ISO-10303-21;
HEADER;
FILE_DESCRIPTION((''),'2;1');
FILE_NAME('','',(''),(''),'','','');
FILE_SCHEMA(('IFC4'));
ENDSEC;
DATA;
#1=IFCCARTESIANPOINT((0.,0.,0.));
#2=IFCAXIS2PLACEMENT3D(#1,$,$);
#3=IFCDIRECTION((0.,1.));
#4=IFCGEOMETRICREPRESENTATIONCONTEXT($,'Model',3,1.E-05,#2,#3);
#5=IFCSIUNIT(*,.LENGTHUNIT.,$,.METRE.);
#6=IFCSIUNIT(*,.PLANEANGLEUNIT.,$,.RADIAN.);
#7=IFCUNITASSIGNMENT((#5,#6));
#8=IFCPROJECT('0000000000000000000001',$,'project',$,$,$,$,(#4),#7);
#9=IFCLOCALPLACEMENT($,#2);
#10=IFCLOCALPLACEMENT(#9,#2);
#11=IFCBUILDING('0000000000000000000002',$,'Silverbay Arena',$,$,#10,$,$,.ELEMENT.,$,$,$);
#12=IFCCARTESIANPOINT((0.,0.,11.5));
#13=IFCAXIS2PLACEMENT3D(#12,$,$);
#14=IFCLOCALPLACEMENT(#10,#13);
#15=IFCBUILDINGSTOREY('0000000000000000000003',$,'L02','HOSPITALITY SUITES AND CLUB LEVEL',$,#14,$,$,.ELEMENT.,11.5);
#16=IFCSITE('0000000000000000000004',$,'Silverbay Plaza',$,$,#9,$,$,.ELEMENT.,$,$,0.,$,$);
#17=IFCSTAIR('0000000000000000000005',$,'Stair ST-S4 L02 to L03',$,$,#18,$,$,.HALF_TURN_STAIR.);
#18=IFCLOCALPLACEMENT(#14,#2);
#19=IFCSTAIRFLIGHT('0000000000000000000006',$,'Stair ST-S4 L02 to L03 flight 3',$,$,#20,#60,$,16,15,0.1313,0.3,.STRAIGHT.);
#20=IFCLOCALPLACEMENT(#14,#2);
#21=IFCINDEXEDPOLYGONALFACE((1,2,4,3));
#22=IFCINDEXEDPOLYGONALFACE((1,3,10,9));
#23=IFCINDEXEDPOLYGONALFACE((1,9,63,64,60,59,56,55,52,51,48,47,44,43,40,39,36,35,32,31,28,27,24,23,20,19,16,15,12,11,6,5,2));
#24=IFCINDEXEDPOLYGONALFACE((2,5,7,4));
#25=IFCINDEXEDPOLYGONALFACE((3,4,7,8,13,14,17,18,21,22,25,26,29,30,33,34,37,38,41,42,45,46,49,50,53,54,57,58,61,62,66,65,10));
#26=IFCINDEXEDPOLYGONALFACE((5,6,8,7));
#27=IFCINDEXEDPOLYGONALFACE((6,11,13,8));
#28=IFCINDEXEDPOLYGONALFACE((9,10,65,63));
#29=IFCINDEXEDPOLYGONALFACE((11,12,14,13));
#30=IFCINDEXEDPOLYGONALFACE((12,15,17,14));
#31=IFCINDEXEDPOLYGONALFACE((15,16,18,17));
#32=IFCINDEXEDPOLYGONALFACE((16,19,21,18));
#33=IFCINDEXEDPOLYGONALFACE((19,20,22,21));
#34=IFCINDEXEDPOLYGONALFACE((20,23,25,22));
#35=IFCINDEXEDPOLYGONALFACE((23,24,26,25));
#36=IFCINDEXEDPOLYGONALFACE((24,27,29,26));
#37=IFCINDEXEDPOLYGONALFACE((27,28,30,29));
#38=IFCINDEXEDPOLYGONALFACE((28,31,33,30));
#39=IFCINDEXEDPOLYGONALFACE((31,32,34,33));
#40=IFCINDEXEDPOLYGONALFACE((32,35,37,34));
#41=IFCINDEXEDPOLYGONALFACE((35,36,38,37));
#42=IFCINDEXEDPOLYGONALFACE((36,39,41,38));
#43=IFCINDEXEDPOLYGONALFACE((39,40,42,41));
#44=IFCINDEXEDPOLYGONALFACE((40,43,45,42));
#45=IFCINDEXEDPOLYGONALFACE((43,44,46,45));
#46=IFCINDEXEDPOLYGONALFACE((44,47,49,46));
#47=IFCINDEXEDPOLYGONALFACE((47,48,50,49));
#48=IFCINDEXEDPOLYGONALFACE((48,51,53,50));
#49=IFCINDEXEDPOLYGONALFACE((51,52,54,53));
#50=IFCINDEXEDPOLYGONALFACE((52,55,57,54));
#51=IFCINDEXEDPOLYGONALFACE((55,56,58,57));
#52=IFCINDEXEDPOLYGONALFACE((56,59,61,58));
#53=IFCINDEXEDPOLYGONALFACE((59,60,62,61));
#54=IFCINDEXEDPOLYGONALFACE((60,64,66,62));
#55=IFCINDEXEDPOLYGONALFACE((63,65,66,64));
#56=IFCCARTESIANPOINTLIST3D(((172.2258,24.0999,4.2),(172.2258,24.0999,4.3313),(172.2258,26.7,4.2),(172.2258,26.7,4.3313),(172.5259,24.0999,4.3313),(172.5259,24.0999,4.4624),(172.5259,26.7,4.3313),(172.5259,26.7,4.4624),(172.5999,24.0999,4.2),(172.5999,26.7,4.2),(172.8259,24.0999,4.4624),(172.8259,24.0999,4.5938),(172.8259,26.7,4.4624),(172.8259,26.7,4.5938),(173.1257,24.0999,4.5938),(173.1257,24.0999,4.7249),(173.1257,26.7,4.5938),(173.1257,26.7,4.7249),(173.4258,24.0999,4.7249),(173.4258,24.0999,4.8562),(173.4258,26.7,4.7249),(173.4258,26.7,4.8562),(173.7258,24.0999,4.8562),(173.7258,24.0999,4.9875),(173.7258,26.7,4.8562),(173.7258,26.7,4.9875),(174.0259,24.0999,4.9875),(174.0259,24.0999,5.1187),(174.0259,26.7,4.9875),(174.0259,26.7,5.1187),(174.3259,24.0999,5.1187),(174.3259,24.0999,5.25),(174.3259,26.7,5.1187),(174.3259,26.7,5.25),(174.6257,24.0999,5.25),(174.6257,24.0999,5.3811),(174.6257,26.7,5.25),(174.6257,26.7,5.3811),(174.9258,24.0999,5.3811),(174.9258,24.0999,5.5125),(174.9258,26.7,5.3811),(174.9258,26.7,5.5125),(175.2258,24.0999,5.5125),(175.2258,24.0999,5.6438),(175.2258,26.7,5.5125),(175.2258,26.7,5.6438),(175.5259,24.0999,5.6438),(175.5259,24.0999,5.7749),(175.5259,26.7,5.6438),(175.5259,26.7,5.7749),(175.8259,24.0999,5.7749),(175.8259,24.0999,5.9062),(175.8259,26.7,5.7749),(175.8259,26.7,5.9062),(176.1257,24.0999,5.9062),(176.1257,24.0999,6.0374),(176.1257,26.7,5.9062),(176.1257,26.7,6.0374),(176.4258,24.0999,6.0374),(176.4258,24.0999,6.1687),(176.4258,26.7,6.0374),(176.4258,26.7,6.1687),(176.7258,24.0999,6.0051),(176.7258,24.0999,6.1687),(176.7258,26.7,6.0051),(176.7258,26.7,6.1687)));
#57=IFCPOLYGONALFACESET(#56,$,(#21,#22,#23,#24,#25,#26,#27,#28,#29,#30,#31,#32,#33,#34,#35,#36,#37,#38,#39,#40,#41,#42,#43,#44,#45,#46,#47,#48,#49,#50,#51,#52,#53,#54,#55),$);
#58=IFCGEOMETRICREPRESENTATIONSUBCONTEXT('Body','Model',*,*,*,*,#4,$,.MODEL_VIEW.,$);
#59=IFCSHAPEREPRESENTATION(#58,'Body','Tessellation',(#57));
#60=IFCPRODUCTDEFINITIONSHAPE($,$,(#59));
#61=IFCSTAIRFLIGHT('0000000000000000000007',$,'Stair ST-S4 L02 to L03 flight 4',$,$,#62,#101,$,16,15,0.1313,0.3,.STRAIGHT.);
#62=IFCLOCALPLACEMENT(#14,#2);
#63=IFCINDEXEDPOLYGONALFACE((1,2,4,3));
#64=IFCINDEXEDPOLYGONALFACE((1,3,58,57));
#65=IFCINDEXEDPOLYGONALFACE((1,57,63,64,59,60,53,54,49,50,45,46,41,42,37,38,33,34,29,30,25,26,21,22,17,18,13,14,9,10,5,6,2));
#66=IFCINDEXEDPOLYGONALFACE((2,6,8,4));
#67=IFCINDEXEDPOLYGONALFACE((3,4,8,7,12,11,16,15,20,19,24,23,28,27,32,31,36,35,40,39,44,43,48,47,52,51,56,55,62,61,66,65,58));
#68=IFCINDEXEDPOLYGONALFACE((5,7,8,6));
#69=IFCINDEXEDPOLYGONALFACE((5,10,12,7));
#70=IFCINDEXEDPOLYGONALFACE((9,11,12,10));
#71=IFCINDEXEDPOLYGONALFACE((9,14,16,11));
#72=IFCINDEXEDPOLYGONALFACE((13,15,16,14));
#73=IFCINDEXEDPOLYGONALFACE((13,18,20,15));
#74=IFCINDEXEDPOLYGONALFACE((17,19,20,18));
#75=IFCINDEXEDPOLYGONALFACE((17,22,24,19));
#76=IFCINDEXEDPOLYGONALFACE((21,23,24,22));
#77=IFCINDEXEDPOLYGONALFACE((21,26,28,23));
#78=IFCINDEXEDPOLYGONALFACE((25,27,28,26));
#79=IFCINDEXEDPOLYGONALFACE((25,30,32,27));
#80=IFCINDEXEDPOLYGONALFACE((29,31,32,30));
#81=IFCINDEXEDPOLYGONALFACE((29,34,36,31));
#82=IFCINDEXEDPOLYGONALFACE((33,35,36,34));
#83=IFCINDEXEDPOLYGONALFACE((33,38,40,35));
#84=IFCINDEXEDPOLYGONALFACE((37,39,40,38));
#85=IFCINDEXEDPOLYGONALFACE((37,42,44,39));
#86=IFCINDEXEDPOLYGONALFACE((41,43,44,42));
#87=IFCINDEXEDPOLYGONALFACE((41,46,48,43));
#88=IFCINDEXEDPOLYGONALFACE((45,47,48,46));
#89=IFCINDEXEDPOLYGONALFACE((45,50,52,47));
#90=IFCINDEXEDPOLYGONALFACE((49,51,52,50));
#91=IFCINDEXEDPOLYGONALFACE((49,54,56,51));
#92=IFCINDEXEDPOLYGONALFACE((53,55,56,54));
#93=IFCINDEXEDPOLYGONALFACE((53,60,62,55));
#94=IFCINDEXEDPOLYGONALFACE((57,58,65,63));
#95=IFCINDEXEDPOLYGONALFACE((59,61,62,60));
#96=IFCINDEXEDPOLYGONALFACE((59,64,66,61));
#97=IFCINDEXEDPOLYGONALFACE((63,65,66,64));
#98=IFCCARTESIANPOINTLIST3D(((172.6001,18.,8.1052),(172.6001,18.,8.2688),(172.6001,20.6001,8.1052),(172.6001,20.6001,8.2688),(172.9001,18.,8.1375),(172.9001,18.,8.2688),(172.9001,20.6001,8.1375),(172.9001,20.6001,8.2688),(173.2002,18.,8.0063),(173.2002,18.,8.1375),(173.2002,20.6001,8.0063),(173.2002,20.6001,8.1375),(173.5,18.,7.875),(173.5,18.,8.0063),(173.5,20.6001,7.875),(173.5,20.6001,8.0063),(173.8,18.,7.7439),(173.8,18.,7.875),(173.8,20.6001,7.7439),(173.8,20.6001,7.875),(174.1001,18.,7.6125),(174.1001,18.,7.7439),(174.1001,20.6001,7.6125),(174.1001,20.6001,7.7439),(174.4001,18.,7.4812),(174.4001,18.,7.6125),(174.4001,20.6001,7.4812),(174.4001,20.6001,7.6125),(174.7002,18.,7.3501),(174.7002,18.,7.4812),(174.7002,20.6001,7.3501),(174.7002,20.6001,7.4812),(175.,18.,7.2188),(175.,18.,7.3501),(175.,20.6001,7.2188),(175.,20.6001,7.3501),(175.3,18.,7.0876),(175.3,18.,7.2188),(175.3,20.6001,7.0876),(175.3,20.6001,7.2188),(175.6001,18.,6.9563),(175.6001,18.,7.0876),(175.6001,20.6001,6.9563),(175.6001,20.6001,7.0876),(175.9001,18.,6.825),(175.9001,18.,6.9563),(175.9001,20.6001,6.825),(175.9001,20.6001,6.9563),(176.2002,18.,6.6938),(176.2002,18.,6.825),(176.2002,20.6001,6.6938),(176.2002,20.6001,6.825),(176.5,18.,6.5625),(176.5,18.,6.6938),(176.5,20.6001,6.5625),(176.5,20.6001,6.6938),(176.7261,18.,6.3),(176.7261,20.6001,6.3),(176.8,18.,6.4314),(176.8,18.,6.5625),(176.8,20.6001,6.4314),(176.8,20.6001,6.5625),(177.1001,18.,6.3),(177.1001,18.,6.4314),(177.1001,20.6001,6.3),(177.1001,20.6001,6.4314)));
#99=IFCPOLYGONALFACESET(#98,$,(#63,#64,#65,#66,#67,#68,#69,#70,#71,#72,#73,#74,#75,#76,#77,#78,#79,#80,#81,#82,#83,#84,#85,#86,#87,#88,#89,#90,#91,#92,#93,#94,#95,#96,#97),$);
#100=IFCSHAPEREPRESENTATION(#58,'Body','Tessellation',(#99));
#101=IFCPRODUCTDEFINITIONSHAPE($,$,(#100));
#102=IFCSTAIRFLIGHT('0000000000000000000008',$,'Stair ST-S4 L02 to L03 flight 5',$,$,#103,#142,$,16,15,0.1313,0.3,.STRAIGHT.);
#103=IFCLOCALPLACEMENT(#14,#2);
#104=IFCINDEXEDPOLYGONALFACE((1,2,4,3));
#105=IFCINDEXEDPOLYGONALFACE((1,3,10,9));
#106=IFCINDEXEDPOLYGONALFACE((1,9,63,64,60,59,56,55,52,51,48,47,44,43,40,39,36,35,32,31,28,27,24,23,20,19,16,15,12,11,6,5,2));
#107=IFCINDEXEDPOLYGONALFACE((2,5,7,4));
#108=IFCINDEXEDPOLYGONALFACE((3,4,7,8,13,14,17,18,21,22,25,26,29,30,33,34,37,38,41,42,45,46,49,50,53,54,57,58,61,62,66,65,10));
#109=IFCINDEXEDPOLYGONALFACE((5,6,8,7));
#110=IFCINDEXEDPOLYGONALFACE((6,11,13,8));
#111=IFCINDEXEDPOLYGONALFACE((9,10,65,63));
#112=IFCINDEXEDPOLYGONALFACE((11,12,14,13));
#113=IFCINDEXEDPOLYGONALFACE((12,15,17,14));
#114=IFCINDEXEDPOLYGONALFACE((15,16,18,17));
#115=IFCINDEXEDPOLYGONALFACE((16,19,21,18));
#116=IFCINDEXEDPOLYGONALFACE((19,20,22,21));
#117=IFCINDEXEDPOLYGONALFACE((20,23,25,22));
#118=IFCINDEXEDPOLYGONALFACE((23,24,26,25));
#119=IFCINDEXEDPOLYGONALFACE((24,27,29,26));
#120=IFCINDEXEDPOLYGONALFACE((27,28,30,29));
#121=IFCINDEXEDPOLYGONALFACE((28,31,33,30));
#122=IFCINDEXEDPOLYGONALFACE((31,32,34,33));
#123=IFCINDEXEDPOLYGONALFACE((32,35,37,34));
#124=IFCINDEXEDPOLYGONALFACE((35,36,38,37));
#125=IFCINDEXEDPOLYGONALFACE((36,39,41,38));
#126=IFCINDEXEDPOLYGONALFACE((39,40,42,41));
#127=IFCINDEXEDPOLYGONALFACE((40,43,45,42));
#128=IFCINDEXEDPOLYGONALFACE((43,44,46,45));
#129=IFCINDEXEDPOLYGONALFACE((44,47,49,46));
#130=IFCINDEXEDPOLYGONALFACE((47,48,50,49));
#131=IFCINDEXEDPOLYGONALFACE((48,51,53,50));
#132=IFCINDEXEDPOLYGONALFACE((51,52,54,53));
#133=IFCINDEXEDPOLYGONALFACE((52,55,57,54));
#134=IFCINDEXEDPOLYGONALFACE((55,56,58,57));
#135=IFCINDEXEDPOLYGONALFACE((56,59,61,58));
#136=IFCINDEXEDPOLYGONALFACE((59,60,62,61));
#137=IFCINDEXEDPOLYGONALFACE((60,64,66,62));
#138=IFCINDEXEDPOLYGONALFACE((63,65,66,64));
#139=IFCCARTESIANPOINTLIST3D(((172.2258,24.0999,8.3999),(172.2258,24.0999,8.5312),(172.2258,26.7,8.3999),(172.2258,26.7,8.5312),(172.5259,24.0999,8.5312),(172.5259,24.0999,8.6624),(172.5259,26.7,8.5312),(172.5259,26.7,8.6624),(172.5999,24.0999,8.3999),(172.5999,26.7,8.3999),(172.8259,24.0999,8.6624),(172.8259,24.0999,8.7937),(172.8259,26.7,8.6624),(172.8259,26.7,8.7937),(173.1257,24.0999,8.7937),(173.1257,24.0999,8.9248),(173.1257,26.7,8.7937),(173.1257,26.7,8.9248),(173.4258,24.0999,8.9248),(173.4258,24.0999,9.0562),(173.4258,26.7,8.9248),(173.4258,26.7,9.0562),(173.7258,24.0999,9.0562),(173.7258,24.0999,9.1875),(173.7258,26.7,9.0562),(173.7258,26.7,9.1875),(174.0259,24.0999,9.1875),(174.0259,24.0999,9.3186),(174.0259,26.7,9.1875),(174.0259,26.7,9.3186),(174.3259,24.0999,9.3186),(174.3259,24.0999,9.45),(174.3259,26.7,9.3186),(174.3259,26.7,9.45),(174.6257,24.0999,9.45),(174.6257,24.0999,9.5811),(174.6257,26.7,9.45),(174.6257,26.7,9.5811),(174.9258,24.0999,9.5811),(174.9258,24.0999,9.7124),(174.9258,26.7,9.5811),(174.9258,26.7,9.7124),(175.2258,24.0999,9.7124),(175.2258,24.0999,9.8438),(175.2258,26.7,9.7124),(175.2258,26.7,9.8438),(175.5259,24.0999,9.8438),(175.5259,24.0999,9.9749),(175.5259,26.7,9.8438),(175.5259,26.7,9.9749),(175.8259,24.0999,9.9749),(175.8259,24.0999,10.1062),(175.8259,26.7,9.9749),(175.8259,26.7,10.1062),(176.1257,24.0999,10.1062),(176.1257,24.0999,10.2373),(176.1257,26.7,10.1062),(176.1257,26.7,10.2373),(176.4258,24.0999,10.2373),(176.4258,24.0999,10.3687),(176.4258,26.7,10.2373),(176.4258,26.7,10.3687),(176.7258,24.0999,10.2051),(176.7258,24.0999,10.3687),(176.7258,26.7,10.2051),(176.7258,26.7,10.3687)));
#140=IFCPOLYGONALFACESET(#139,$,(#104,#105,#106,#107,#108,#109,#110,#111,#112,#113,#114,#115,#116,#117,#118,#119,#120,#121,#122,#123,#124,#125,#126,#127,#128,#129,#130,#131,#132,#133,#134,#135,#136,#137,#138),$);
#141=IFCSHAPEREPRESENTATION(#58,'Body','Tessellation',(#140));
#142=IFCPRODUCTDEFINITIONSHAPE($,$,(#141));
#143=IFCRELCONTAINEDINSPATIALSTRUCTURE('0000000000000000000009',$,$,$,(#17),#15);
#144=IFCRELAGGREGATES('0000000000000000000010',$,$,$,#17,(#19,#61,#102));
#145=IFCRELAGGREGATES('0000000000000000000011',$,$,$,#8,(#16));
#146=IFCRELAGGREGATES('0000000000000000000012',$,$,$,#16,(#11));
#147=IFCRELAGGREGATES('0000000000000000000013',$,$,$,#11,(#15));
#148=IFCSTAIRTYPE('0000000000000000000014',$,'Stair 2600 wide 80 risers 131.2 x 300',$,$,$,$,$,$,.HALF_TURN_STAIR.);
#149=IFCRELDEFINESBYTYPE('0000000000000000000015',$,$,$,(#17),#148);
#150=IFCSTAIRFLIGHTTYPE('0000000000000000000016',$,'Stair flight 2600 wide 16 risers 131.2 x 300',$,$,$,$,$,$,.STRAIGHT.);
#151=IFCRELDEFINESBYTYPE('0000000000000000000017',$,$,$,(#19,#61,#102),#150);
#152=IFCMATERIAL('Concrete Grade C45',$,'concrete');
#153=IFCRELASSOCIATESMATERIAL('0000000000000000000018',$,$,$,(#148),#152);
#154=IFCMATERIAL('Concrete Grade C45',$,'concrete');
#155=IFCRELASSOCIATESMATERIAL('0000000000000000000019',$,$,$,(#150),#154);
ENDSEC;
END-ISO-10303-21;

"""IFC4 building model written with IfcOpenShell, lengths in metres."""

from ifc_helpers import new_model, si_unit, direction, frame, origin, place, context, subcontext, project, spatial, polyline, outline, extrude, material, type_object, element, aggregate, save


model = new_model("IFC4")

# Units and contexts
model_context = context("Model", 3, precision=1e-05, world=origin(), true_north=direction((0.0, 1.0)))
body_context = subcontext(model_context, "Body", "Model", "MODEL_VIEW")
ifc_project = project(units=[si_unit("LENGTHUNIT", "METRE"), si_unit("PLANEANGLEUNIT", "RADIAN")], contexts=[model_context])

# Site, building, storey
site_placement = place(None, origin())
site = spatial("IfcSite", under=ifc_project, at=site_placement, Name="Silverbay Plaza", CompositionType="ELEMENT", RefElevation=0.0)
building_placement = place(site_placement, origin())
building = spatial("IfcBuilding", under=site, at=building_placement, Name="Silverbay Arena", CompositionType="ELEMENT")
storey_placement = place(building_placement, frame((0.0, 0.0, 11.5)))
storey = spatial("IfcBuildingStorey", under=building, at=storey_placement, Name="L02", Description="HOSPITALITY SUITES AND CLUB LEVEL", CompositionType="ELEMENT", Elevation=11.5)

# Stair, stair flights
ifc_material_1 = material(Name="Concrete Grade C45", Category="concrete")
stair_type = type_object("IfcStairType", Name="Stair 2600 wide 80 risers 131.2 x 300", PredefinedType="HALF_TURN_STAIR", material=ifc_material_1)
stair_placement = place(storey_placement, origin())
stair = element("IfcStair", 1, at=stair_placement, inside=storey, type_object=stair_type, Name="Stair ST-S4 L02 to L03", PredefinedType="HALF_TURN_STAIR")
ifc_material_2 = material(Name="Concrete Grade C45", Category="concrete")
stair_flight_type = type_object("IfcStairFlightType", Name="Stair flight 2600 wide 16 risers 131.2 x 300", PredefinedType="STRAIGHT", material=ifc_material_2)
stair_flight_1_placement = place(storey_placement, frame((172.2258, 25.3999, 4.2), z_axis=(0.0, 0.0, 1.0), x_axis=(1.0, 0.0, 0.0)))
stair_flight_1 = element("IfcStairFlight", 2, at=stair_flight_1_placement, type_object=stair_flight_type, Name="Stair ST-S4 L02 to L03 flight 3", NumberOfRisers=16, NumberOfTreads=15, PredefinedType="STRAIGHT", RiserHeight=0.1313, TreadLength=0.3, context=body_context, shape_type="SweptSolid", body=[
    extrude(outline(polyline([(0.0, 0.0), (0.0, 0.1313), (0.3, 0.1313), (0.3, 0.2625), (0.6001, 0.2625), (0.6001, 0.3938), (0.8999, 0.3938), (0.8999, 0.5249), (1.2, 0.5249), (1.2, 0.6562), (1.5, 0.6562), (1.5, 0.7876), (1.8, 0.7876), (1.8, 0.9187), (2.1001, 0.9187), (2.1001, 1.05), (2.3999, 1.05), (2.3999, 1.1812), (2.7, 1.1812), (2.7, 1.3125), (3.0, 1.3125), (3.0, 1.4438), (3.3, 1.4438), (3.3, 1.575), (3.6001, 1.575), (3.6001, 1.7063), (3.8999, 1.7063), (3.8999, 1.8374), (4.2, 1.8374), (4.2, 1.9688), (4.5, 1.9688), (4.5, 1.8052), (0.374, 0.0), (0.0, 0.0)])), frame((0.0, 1.3, 0.0), z_axis=(0.0, -1.0, 0.0), x_axis=(1.0, 0.0, 0.0)), (0.0, 0.0, 1.0), 2.6001),
])
stair_flight_2_placement = place(storey_placement, frame((177.1001, 19.3, 6.3), z_axis=(0.0, 0.0, 1.0), x_axis=(-1.0, 0.0, 0.0)))
stair_flight_2 = element("IfcStairFlight", 3, at=stair_flight_2_placement, type_object=stair_flight_type, Name="Stair ST-S4 L02 to L03 flight 4", NumberOfRisers=16, NumberOfTreads=15, PredefinedType="STRAIGHT", RiserHeight=0.1313, TreadLength=0.3, context=body_context, shape_type="SweptSolid", body=[
    extrude(outline(polyline([(0.0, 0.0), (0.0, 0.1313), (0.3, 0.1313), (0.3, 0.2625), (0.6001, 0.2625), (0.6001, 0.3938), (0.8999, 0.3938), (0.8999, 0.5249), (1.2, 0.5249), (1.2, 0.6562), (1.5, 0.6562), (1.5, 0.7876), (1.8, 0.7876), (1.8, 0.9187), (2.1001, 0.9187), (2.1001, 1.05), (2.3999, 1.05), (2.3999, 1.1812), (2.7, 1.1812), (2.7, 1.3125), (3.0, 1.3125), (3.0, 1.4438), (3.3, 1.4438), (3.3, 1.575), (3.6001, 1.575), (3.6001, 1.7063), (3.8999, 1.7063), (3.8999, 1.8374), (4.2, 1.8374), (4.2, 1.9688), (4.5, 1.9688), (4.5, 1.8052), (0.374, 0.0), (0.0, 0.0)])), frame((0.0, 1.3, 0.0), z_axis=(0.0, -1.0, 0.0), x_axis=(1.0, 0.0, 0.0)), (0.0, 0.0, 1.0), 2.6001),
])
stair_flight_3_placement = place(storey_placement, frame((172.2258, 25.3999, 8.3999), z_axis=(0.0, 0.0, 1.0), x_axis=(1.0, 0.0, 0.0)))
stair_flight_3 = element("IfcStairFlight", 4, at=stair_flight_3_placement, type_object=stair_flight_type, Name="Stair ST-S4 L02 to L03 flight 5", NumberOfRisers=16, NumberOfTreads=15, PredefinedType="STRAIGHT", RiserHeight=0.1313, TreadLength=0.3, context=body_context, shape_type="SweptSolid", body=[
    extrude(outline(polyline([(0.0, 0.0), (0.0, 0.1313), (0.3, 0.1313), (0.3, 0.2625), (0.6001, 0.2625), (0.6001, 0.3938), (0.8999, 0.3938), (0.8999, 0.5249), (1.2, 0.5249), (1.2, 0.6562), (1.5, 0.6562), (1.5, 0.7876), (1.8, 0.7876), (1.8, 0.9187), (2.1001, 0.9187), (2.1001, 1.05), (2.3999, 1.05), (2.3999, 1.1812), (2.7, 1.1812), (2.7, 1.3125), (3.0, 1.3125), (3.0, 1.4438), (3.3, 1.4438), (3.3, 1.575), (3.6001, 1.575), (3.6001, 1.7063), (3.8999, 1.7063), (3.8999, 1.8374), (4.2, 1.8374), (4.2, 1.9688), (4.5, 1.9688), (4.5, 1.8052), (0.374, 0.0), (0.0, 0.0)])), frame((0.0, 1.3, 0.0), z_axis=(0.0, -1.0, 0.0), x_axis=(1.0, 0.0, 0.0)), (0.0, 0.0, 1.0), 2.6001),
])
aggregate(stair, [stair_flight_1, stair_flight_2, stair_flight_3])

save(model, "model.ifc")
